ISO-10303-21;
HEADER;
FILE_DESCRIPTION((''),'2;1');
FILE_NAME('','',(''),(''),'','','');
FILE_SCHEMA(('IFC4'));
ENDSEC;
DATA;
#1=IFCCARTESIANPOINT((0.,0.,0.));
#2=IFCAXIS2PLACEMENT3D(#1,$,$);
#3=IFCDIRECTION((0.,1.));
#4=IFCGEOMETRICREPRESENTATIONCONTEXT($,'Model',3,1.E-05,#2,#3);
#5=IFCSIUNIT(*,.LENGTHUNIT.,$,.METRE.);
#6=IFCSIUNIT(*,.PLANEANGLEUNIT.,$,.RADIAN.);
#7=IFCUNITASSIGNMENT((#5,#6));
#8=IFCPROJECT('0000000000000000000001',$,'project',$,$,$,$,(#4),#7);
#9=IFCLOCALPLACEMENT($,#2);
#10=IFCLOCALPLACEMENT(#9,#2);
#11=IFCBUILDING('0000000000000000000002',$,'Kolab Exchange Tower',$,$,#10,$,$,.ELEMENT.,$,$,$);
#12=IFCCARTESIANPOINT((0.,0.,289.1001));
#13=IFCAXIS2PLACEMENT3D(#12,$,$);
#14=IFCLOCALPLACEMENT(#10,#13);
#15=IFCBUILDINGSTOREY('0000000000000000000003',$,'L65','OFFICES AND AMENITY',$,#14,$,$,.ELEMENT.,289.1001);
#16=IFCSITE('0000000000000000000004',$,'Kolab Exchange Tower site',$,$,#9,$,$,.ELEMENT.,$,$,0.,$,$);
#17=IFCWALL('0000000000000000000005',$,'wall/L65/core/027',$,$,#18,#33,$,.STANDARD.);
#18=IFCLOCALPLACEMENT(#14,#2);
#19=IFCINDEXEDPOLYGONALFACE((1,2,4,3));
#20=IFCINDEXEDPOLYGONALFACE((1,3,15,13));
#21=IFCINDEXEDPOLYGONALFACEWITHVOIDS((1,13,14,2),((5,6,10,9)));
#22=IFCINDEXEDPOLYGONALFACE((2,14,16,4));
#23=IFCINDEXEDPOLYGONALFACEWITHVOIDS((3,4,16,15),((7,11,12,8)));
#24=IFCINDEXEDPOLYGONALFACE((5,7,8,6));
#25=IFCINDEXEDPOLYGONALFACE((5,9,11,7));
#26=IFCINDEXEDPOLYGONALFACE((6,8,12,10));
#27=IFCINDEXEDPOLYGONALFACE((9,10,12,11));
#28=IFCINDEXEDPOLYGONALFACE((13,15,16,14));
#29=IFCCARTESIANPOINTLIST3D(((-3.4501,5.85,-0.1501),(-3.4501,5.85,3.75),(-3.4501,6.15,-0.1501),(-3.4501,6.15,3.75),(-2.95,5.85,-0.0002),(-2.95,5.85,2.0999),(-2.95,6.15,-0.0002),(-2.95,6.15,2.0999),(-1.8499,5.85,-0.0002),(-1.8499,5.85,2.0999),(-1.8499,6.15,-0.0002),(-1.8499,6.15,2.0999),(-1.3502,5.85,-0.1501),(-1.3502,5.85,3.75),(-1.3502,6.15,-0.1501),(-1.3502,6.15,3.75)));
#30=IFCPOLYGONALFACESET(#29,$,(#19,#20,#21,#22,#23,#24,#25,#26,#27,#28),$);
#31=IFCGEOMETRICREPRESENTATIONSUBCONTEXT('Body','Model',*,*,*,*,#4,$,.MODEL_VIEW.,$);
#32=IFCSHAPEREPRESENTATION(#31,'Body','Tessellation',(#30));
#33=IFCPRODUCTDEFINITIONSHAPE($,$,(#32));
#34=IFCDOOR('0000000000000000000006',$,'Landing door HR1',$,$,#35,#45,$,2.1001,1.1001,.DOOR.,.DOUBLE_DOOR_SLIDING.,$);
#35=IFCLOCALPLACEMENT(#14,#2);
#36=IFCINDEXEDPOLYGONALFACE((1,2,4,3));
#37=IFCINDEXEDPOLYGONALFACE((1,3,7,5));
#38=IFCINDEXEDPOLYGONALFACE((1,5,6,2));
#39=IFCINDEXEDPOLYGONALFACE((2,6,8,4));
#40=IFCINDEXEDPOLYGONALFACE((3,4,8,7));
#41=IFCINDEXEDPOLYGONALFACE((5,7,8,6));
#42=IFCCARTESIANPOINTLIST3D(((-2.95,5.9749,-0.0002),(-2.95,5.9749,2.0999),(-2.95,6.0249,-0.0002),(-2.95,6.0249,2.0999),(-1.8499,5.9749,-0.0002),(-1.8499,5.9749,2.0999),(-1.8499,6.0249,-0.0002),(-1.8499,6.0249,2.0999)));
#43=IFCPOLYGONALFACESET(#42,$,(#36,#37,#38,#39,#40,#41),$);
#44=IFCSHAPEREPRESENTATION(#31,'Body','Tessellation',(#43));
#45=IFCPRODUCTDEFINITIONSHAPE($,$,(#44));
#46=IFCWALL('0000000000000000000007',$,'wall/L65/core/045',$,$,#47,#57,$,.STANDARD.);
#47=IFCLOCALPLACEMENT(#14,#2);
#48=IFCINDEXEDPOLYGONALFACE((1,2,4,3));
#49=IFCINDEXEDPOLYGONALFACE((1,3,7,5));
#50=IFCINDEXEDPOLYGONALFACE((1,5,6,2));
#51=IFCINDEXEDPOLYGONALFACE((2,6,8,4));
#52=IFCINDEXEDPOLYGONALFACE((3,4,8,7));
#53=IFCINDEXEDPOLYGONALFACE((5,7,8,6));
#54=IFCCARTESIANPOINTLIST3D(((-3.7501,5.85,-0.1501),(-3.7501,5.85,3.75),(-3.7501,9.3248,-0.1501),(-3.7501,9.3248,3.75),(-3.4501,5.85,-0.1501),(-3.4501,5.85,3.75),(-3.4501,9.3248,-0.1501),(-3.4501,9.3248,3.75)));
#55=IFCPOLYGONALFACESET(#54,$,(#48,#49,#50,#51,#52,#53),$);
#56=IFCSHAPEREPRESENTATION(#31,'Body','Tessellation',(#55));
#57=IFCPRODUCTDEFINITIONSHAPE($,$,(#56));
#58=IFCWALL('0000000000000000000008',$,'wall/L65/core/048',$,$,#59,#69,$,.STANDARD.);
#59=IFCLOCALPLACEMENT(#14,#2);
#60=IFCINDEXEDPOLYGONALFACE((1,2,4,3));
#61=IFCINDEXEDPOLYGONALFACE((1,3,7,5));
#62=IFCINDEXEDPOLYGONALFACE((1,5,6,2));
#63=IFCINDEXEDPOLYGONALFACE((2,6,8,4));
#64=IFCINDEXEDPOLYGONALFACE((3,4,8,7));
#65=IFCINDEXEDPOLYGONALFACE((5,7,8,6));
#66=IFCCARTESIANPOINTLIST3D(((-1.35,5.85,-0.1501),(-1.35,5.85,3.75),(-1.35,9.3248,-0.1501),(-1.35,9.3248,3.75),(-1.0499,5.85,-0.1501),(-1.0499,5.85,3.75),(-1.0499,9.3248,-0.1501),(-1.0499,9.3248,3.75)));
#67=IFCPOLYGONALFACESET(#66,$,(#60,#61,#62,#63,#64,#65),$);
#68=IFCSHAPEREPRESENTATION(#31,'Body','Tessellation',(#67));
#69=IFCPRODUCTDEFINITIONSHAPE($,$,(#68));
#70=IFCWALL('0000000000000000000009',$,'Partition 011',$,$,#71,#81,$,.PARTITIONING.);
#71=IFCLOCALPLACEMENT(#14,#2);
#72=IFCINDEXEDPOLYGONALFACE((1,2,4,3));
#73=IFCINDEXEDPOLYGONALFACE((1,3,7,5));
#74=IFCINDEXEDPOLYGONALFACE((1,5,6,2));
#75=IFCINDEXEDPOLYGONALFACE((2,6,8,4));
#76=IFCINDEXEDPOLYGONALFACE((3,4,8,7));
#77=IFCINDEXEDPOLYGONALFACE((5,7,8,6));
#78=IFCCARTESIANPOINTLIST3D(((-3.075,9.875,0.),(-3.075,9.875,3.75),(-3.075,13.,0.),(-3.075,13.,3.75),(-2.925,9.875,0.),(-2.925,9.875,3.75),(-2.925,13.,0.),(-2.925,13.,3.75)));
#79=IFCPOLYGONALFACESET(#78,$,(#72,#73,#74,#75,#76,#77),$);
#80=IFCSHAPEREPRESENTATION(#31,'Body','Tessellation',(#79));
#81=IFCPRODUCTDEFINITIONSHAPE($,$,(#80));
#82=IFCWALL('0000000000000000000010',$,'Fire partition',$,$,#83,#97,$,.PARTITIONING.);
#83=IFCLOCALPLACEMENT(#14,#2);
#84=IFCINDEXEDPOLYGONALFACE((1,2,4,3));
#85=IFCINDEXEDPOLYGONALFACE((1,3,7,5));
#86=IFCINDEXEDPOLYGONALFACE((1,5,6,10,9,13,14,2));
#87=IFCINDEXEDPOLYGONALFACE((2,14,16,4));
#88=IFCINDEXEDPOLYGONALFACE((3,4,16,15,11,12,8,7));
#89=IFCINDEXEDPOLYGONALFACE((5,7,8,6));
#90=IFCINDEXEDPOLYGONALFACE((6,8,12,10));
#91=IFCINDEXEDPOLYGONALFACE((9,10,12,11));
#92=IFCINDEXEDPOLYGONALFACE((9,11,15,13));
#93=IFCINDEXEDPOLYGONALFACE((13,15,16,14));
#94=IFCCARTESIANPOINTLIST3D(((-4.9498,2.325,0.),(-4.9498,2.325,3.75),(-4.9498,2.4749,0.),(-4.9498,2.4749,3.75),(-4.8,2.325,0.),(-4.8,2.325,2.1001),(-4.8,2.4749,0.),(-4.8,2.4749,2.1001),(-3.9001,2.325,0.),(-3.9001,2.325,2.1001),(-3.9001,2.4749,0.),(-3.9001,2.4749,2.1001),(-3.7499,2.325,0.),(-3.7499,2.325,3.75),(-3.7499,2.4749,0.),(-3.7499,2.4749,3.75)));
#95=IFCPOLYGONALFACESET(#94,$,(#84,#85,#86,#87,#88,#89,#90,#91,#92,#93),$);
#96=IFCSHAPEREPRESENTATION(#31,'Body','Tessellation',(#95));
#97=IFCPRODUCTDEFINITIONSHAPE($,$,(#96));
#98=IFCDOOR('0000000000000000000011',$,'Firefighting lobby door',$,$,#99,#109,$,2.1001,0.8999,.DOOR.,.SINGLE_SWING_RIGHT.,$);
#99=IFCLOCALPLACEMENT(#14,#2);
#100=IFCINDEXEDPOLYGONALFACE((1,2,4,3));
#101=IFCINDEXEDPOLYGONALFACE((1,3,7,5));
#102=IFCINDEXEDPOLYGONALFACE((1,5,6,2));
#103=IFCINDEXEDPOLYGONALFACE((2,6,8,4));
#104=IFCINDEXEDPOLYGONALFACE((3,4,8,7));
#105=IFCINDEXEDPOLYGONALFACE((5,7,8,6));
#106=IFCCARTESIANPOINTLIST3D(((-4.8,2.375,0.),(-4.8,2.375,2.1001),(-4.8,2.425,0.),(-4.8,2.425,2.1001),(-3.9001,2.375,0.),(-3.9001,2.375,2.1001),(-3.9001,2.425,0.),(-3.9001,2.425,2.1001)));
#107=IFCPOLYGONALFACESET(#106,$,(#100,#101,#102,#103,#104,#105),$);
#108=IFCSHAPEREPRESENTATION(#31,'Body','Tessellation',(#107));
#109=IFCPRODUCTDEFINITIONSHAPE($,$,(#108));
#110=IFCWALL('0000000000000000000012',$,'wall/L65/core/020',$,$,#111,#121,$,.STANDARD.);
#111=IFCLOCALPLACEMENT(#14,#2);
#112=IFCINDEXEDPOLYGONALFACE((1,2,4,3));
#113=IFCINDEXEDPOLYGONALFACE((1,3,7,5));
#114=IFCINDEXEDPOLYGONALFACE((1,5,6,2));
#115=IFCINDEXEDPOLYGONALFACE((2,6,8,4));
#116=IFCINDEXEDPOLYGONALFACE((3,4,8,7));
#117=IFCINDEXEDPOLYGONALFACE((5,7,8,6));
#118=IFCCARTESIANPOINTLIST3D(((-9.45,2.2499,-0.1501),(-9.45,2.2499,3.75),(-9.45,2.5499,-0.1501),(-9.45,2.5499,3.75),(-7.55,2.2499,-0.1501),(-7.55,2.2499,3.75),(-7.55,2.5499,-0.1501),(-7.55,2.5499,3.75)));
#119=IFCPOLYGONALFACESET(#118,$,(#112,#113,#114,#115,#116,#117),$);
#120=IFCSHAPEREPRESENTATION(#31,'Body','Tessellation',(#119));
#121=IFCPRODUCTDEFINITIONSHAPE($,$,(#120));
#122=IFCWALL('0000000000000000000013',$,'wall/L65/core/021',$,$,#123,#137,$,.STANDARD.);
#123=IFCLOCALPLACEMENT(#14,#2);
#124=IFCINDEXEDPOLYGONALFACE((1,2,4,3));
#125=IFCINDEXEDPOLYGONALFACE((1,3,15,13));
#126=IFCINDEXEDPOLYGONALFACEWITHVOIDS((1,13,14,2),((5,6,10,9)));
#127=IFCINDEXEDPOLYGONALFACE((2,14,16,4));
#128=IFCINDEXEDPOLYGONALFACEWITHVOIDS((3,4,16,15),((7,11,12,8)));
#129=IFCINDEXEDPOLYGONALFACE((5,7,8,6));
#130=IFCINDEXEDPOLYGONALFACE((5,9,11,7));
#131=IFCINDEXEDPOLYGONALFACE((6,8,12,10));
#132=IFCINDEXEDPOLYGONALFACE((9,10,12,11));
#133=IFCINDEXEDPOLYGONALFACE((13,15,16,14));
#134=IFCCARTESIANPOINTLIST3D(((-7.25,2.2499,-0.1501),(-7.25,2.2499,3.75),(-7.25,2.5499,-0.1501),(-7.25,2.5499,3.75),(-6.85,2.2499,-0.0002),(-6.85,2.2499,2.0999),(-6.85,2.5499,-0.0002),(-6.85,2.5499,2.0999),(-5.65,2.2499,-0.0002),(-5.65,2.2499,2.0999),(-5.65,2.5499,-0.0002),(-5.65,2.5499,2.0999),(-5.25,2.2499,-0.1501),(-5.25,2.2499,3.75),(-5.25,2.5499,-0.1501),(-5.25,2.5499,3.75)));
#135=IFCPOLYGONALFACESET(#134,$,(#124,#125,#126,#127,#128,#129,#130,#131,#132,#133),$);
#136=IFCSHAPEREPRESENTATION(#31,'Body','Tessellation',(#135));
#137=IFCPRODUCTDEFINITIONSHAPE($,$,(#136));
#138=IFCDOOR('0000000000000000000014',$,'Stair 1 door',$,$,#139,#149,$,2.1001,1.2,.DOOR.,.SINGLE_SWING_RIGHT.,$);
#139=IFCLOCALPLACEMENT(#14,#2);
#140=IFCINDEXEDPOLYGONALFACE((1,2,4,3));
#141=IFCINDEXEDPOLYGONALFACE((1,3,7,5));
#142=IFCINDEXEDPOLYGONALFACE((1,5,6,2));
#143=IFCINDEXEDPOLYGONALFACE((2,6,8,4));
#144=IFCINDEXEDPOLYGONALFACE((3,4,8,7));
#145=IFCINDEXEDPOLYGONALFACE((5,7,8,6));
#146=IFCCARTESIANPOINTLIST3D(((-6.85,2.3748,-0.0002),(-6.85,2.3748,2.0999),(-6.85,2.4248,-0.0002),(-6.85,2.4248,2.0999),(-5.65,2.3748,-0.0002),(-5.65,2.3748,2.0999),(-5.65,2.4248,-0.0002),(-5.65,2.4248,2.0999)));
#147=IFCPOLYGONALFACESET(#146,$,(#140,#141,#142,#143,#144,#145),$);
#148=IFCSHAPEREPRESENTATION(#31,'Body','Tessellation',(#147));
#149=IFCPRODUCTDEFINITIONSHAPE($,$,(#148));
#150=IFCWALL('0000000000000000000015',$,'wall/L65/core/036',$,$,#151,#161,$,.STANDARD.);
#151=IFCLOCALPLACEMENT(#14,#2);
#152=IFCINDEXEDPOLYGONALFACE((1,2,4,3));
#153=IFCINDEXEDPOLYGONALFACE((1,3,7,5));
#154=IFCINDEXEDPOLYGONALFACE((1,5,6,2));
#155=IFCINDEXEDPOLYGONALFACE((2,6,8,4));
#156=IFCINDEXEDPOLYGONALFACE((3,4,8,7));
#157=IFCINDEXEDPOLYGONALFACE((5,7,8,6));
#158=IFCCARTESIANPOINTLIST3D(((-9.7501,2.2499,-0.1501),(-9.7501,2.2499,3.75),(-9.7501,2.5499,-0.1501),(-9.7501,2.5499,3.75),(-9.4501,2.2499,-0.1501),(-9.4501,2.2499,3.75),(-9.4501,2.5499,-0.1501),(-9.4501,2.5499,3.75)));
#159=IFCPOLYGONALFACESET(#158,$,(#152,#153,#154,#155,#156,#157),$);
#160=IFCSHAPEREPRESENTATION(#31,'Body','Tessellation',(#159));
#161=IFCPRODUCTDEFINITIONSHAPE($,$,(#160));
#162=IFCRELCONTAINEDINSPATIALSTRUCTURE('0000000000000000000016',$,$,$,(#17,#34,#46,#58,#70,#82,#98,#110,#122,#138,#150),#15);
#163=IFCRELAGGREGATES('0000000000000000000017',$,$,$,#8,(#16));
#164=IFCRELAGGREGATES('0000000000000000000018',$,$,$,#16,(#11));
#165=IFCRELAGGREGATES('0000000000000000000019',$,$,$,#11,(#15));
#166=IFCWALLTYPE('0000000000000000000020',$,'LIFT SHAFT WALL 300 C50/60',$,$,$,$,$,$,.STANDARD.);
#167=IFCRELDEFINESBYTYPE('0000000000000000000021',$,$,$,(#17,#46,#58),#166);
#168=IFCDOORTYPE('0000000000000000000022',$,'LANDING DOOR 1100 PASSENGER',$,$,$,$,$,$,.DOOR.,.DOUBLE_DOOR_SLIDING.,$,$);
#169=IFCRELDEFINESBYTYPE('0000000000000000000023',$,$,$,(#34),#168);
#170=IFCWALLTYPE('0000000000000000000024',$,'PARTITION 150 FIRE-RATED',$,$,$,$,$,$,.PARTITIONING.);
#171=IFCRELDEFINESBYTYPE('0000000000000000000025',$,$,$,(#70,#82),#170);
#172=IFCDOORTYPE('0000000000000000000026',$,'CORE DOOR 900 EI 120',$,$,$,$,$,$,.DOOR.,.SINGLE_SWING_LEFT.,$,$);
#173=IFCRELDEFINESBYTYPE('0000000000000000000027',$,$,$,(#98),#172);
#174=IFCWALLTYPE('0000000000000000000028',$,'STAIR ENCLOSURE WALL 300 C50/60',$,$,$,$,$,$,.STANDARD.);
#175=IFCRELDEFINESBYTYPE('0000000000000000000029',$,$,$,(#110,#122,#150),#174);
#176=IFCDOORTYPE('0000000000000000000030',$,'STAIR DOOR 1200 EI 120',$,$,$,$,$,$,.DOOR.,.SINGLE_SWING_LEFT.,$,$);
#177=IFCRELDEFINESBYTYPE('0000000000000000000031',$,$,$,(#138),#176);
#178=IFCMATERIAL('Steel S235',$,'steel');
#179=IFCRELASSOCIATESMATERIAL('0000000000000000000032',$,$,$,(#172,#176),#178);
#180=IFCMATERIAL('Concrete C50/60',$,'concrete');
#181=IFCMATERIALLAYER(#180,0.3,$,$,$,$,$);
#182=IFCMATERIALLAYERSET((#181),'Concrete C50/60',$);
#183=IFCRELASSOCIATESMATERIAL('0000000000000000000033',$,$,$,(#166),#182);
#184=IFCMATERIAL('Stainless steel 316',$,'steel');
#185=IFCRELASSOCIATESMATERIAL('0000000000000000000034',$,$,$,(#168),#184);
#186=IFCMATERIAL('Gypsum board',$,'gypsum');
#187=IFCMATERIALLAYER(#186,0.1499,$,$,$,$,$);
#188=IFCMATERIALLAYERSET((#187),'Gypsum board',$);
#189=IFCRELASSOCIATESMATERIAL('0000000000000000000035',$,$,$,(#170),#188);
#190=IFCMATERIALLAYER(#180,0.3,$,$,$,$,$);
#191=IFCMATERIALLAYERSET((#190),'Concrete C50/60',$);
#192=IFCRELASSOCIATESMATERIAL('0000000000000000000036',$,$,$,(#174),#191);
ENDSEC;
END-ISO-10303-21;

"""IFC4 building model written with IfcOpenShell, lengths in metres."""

from ifc_helpers import new_model, si_unit, direction, frame, frame_2d, origin, place, context, subcontext, project, spatial, rectangle, extrude, material, layer, layer_set, type_object, element, fill, save


model = new_model("IFC4")

# Units and contexts
model_context = context("Model", 3, precision=1e-05, world=origin(), true_north=direction((0.0, 1.0)))
body_context = subcontext(model_context, "Body", "Model", "MODEL_VIEW")
ifc_project = project(units=[si_unit("LENGTHUNIT", "METRE"), si_unit("PLANEANGLEUNIT", "RADIAN")], contexts=[model_context])

# Site, building, storey
site_placement = place(None, origin())
site = spatial("IfcSite", under=ifc_project, at=site_placement, Name="Kolab Exchange Tower site", CompositionType="ELEMENT", RefElevation=0.0)
building_placement = place(site_placement, origin())
building = spatial("IfcBuilding", under=site, at=building_placement, Name="Kolab Exchange Tower", CompositionType="ELEMENT")
storey_placement = place(building_placement, frame((0.0, 0.0, 289.1001)))
storey = spatial("IfcBuildingStorey", under=building, at=storey_placement, Name="L65", Description="OFFICES AND AMENITY", CompositionType="ELEMENT", Elevation=289.1001)

# Shared definitions
ifc_material_1 = material(Name="Concrete C50/60", Category="concrete")
ifc_material_2 = material(Name="Steel S235", Category="steel")
door_type_1 = type_object("IfcDoorType", Name="CORE DOOR 900 EI 120", OperationType="SINGLE_SWING_LEFT", PredefinedType="DOOR", material=ifc_material_2)

# Shared definitions
ifc_layer_1 = layer(ifc_material_1, 0.3)
ifc_layer_set_1 = layer_set([ifc_layer_1], Name="Concrete C50/60")
wall_type_1 = type_object("IfcWallType", Name="LIFT SHAFT WALL 300 C50/60", PredefinedType="STANDARD", material=ifc_layer_set_1)

# Wall, opening, door
ifc_material_3 = material(Name="Stainless steel 316", Category="steel")
door_type_2 = type_object("IfcDoorType", Name="LANDING DOOR 1100 PASSENGER", OperationType="DOUBLE_DOOR_SLIDING", PredefinedType="DOOR", material=ifc_material_3)
wall_1_placement = place(storey_placement, frame((-3.45, 6.0, -0.1501), z_axis=(0.0, 0.0, 1.0), x_axis=(1.0, 0.0, 0.0)))
wall_1 = element("IfcWall", 1, at=wall_1_placement, inside=storey, type_object=wall_type_1, Name="wall/L65/core/027", PredefinedType="STANDARD", context=body_context, shape_type="SweptSolid", body=[
    extrude(rectangle(XDim=2.0999, YDim=0.3, at=frame_2d((1.0498, 0.0))), origin(), (0.0, 0.0, 1.0), 3.9001),
])
opening_1_placement = place(wall_1_placement, frame((0.5, 0.0, 0.1499)))
opening_1 = element("IfcOpeningElement", 2, at=opening_1_placement, cuts=wall_1, PredefinedType="OPENING", context=body_context, shape_type="SweptSolid", body=[
    extrude(rectangle(XDim=1.1001, YDim=2.1001, at=frame_2d((0.55, 1.05))), frame((0.0, 0.1602, 0.0), z_axis=(0.0, -1.0, 0.0), x_axis=(1.0, 0.0, 0.0)), (0.0, 0.0, 1.0), 0.3201),
])
door_1_placement = place(opening_1_placement, origin())
door_1 = element("IfcDoor", 3, at=door_1_placement, inside=storey, type_object=door_type_2, Name="Landing door HR1", OperationType="DOUBLE_DOOR_SLIDING", OverallHeight=2.1001, OverallWidth=1.1001, PredefinedType="DOOR", context=body_context, shape_type="SweptSolid", body=[
    extrude(rectangle(XDim=1.1001, YDim=2.1001, at=frame_2d((0.55, 1.05))), frame((0.0, 0.0249, 0.0), z_axis=(0.0, -1.0, 0.0), x_axis=(1.0, 0.0, 0.0)), (0.0, 0.0, 1.0), 0.05),
])
fill(opening_1, door_1)

# Walls
for number, where, z_axis, x_axis, name in (
    (4, (-3.6001, 5.8501, -0.1501), (0.0, 0.0, 1.0), (0.0, 1.0, 0.0), "wall/L65/core/045"),
    (5, (-1.2, 5.8501, -0.1501), (0.0, 0.0, 1.0), (0.0, 1.0, 0.0), "wall/L65/core/048"),
):
    element("IfcWall", number, at=place(storey_placement, frame(where, z_axis=z_axis, x_axis=x_axis)), inside=storey, type_object=wall_type_1, Name=name, PredefinedType="STANDARD", context=body_context, shape_type="SweptSolid", body=[
        extrude(rectangle(XDim=3.4749, YDim=0.3, at=frame_2d((1.7373, 0.0))), origin(), (0.0, 0.0, 1.0), 3.9001),
    ])
ifc_material_4 = material(Name="Gypsum board", Category="gypsum")
ifc_layer_2 = layer(ifc_material_4, 0.1499)
ifc_layer_set_2 = layer_set([ifc_layer_2], Name="Gypsum board")
wall_type_2 = type_object("IfcWallType", Name="PARTITION 150 FIRE-RATED", PredefinedType="PARTITIONING", material=ifc_layer_set_2)
wall_2_placement = place(storey_placement, frame((-3.0, 9.875, 0.0), z_axis=(0.0, 0.0, 1.0), x_axis=(0.0, 1.0, 0.0)))
element("IfcWall", 6, at=wall_2_placement, inside=storey, type_object=wall_type_2, Name="Partition 011", PredefinedType="PARTITIONING", context=body_context, shape_type="SweptSolid", body=[
    extrude(rectangle(XDim=3.125, YDim=0.1499, at=frame_2d((1.5625, 0.0))), origin(), (0.0, 0.0, 1.0), 3.75),
])

# Wall, opening, door
wall_3_placement = place(storey_placement, frame((-4.95, 2.3999, 0.0), z_axis=(0.0, 0.0, 1.0), x_axis=(1.0, 0.0, 0.0)))
wall_3 = element("IfcWall", 7, at=wall_3_placement, inside=storey, type_object=wall_type_2, Name="Fire partition", PredefinedType="PARTITIONING", context=body_context, shape_type="SweptSolid", body=[
    extrude(rectangle(XDim=1.2, YDim=0.1499, at=frame_2d((0.6001, 0.0))), origin(), (0.0, 0.0, 1.0), 3.75),
])
opening_2_placement = place(wall_3_placement, frame((0.1499, 0.0, 0.0)))
opening_2 = element("IfcOpeningElement", 8, at=opening_2_placement, cuts=wall_3, PredefinedType="OPENING", context=body_context, shape_type="SweptSolid", body=[
    extrude(rectangle(XDim=0.8999, YDim=2.1001, at=frame_2d((0.45, 1.05))), frame((0.0, 0.085, 0.0), z_axis=(0.0, -1.0, 0.0), x_axis=(1.0, 0.0, 0.0)), (0.0, 0.0, 1.0), 0.1699),
])
door_2_placement = place(opening_2_placement, frame((0.8999, 0.0, 0.0), z_axis=(0.0, 0.0, 1.0), x_axis=(-1.0, 0.0, 0.0)))
door_2 = element("IfcDoor", 9, at=door_2_placement, inside=storey, type_object=door_type_1, Name="Firefighting lobby door", OperationType="SINGLE_SWING_RIGHT", OverallHeight=2.1001, OverallWidth=0.8999, PredefinedType="DOOR", context=body_context, shape_type="SweptSolid", body=[
    extrude(rectangle(XDim=0.8999, YDim=2.1001, at=frame_2d((0.45, 1.05))), frame((0.0, 0.0249, 0.0), z_axis=(0.0, -1.0, 0.0), x_axis=(1.0, 0.0, 0.0)), (0.0, 0.0, 1.0), 0.05),
])
fill(opening_2, door_2)

# Wall
ifc_layer_3 = layer(ifc_material_1, 0.3)
ifc_layer_set_3 = layer_set([ifc_layer_3], Name="Concrete C50/60")
wall_type_3 = type_object("IfcWallType", Name="STAIR ENCLOSURE WALL 300 C50/60", PredefinedType="STANDARD", material=ifc_layer_set_3)
wall_4_placement = place(storey_placement, frame((-9.45, 2.3999, -0.1501), z_axis=(0.0, 0.0, 1.0), x_axis=(1.0, 0.0, 0.0)))
element("IfcWall", 10, at=wall_4_placement, inside=storey, type_object=wall_type_3, Name="wall/L65/core/020", PredefinedType="STANDARD", context=body_context, shape_type="SweptSolid", body=[
    extrude(rectangle(XDim=1.8999, YDim=0.3, at=frame_2d((0.95, 0.0))), origin(), (0.0, 0.0, 1.0), 3.9001),
])

# Wall, opening, door
wall_5_placement = place(storey_placement, frame((-7.25, 2.3999, -0.1501), z_axis=(0.0, 0.0, 1.0), x_axis=(1.0, 0.0, 0.0)))
wall_5 = element("IfcWall", 11, at=wall_5_placement, inside=storey, type_object=wall_type_3, Name="wall/L65/core/021", PredefinedType="STANDARD", context=body_context, shape_type="SweptSolid", body=[
    extrude(rectangle(XDim=2.0, YDim=0.3, at=frame_2d((1.0, 0.0))), origin(), (0.0, 0.0, 1.0), 3.9001),
])
opening_3_placement = place(wall_5_placement, frame((0.3999, 0.0, 0.1499)))
opening_3 = element("IfcOpeningElement", 12, at=opening_3_placement, cuts=wall_5, PredefinedType="OPENING", context=body_context, shape_type="SweptSolid", body=[
    extrude(rectangle(XDim=1.2, YDim=2.1001, at=frame_2d((0.6001, 1.05))), frame((0.0, 0.1602, 0.0), z_axis=(0.0, -1.0, 0.0), x_axis=(1.0, 0.0, 0.0)), (0.0, 0.0, 1.0), 0.3201),
])
door_type_3 = type_object("IfcDoorType", Name="STAIR DOOR 1200 EI 120", OperationType="SINGLE_SWING_LEFT", PredefinedType="DOOR", material=ifc_material_2)
door_3_placement = place(opening_3_placement, origin())
door_3 = element("IfcDoor", 13, at=door_3_placement, inside=storey, type_object=door_type_3, Name="Stair 1 door", OperationType="SINGLE_SWING_RIGHT", OverallHeight=2.1001, OverallWidth=1.2, PredefinedType="DOOR", context=body_context, shape_type="SweptSolid", body=[
    extrude(rectangle(XDim=1.2, YDim=2.1001, at=frame_2d((0.6001, 1.05))), frame((0.0, 0.0249, 0.0), z_axis=(0.0, -1.0, 0.0), x_axis=(1.0, 0.0, 0.0)), (0.0, 0.0, 1.0), 0.05),
])
fill(opening_3, door_3)

# Wall
wall_6_placement = place(storey_placement, frame((-9.6001, 2.25, -0.1501), z_axis=(0.0, 0.0, 1.0), x_axis=(0.0, 1.0, 0.0)))
element("IfcWall", 14, at=wall_6_placement, inside=storey, type_object=wall_type_3, Name="wall/L65/core/036", PredefinedType="STANDARD", context=body_context, shape_type="SweptSolid", body=[
    extrude(rectangle(XDim=0.3, YDim=0.3, at=frame_2d((0.1499, 0.0))), origin(), (0.0, 0.0, 1.0), 3.9001),
])

save(model, "model.ifc")
